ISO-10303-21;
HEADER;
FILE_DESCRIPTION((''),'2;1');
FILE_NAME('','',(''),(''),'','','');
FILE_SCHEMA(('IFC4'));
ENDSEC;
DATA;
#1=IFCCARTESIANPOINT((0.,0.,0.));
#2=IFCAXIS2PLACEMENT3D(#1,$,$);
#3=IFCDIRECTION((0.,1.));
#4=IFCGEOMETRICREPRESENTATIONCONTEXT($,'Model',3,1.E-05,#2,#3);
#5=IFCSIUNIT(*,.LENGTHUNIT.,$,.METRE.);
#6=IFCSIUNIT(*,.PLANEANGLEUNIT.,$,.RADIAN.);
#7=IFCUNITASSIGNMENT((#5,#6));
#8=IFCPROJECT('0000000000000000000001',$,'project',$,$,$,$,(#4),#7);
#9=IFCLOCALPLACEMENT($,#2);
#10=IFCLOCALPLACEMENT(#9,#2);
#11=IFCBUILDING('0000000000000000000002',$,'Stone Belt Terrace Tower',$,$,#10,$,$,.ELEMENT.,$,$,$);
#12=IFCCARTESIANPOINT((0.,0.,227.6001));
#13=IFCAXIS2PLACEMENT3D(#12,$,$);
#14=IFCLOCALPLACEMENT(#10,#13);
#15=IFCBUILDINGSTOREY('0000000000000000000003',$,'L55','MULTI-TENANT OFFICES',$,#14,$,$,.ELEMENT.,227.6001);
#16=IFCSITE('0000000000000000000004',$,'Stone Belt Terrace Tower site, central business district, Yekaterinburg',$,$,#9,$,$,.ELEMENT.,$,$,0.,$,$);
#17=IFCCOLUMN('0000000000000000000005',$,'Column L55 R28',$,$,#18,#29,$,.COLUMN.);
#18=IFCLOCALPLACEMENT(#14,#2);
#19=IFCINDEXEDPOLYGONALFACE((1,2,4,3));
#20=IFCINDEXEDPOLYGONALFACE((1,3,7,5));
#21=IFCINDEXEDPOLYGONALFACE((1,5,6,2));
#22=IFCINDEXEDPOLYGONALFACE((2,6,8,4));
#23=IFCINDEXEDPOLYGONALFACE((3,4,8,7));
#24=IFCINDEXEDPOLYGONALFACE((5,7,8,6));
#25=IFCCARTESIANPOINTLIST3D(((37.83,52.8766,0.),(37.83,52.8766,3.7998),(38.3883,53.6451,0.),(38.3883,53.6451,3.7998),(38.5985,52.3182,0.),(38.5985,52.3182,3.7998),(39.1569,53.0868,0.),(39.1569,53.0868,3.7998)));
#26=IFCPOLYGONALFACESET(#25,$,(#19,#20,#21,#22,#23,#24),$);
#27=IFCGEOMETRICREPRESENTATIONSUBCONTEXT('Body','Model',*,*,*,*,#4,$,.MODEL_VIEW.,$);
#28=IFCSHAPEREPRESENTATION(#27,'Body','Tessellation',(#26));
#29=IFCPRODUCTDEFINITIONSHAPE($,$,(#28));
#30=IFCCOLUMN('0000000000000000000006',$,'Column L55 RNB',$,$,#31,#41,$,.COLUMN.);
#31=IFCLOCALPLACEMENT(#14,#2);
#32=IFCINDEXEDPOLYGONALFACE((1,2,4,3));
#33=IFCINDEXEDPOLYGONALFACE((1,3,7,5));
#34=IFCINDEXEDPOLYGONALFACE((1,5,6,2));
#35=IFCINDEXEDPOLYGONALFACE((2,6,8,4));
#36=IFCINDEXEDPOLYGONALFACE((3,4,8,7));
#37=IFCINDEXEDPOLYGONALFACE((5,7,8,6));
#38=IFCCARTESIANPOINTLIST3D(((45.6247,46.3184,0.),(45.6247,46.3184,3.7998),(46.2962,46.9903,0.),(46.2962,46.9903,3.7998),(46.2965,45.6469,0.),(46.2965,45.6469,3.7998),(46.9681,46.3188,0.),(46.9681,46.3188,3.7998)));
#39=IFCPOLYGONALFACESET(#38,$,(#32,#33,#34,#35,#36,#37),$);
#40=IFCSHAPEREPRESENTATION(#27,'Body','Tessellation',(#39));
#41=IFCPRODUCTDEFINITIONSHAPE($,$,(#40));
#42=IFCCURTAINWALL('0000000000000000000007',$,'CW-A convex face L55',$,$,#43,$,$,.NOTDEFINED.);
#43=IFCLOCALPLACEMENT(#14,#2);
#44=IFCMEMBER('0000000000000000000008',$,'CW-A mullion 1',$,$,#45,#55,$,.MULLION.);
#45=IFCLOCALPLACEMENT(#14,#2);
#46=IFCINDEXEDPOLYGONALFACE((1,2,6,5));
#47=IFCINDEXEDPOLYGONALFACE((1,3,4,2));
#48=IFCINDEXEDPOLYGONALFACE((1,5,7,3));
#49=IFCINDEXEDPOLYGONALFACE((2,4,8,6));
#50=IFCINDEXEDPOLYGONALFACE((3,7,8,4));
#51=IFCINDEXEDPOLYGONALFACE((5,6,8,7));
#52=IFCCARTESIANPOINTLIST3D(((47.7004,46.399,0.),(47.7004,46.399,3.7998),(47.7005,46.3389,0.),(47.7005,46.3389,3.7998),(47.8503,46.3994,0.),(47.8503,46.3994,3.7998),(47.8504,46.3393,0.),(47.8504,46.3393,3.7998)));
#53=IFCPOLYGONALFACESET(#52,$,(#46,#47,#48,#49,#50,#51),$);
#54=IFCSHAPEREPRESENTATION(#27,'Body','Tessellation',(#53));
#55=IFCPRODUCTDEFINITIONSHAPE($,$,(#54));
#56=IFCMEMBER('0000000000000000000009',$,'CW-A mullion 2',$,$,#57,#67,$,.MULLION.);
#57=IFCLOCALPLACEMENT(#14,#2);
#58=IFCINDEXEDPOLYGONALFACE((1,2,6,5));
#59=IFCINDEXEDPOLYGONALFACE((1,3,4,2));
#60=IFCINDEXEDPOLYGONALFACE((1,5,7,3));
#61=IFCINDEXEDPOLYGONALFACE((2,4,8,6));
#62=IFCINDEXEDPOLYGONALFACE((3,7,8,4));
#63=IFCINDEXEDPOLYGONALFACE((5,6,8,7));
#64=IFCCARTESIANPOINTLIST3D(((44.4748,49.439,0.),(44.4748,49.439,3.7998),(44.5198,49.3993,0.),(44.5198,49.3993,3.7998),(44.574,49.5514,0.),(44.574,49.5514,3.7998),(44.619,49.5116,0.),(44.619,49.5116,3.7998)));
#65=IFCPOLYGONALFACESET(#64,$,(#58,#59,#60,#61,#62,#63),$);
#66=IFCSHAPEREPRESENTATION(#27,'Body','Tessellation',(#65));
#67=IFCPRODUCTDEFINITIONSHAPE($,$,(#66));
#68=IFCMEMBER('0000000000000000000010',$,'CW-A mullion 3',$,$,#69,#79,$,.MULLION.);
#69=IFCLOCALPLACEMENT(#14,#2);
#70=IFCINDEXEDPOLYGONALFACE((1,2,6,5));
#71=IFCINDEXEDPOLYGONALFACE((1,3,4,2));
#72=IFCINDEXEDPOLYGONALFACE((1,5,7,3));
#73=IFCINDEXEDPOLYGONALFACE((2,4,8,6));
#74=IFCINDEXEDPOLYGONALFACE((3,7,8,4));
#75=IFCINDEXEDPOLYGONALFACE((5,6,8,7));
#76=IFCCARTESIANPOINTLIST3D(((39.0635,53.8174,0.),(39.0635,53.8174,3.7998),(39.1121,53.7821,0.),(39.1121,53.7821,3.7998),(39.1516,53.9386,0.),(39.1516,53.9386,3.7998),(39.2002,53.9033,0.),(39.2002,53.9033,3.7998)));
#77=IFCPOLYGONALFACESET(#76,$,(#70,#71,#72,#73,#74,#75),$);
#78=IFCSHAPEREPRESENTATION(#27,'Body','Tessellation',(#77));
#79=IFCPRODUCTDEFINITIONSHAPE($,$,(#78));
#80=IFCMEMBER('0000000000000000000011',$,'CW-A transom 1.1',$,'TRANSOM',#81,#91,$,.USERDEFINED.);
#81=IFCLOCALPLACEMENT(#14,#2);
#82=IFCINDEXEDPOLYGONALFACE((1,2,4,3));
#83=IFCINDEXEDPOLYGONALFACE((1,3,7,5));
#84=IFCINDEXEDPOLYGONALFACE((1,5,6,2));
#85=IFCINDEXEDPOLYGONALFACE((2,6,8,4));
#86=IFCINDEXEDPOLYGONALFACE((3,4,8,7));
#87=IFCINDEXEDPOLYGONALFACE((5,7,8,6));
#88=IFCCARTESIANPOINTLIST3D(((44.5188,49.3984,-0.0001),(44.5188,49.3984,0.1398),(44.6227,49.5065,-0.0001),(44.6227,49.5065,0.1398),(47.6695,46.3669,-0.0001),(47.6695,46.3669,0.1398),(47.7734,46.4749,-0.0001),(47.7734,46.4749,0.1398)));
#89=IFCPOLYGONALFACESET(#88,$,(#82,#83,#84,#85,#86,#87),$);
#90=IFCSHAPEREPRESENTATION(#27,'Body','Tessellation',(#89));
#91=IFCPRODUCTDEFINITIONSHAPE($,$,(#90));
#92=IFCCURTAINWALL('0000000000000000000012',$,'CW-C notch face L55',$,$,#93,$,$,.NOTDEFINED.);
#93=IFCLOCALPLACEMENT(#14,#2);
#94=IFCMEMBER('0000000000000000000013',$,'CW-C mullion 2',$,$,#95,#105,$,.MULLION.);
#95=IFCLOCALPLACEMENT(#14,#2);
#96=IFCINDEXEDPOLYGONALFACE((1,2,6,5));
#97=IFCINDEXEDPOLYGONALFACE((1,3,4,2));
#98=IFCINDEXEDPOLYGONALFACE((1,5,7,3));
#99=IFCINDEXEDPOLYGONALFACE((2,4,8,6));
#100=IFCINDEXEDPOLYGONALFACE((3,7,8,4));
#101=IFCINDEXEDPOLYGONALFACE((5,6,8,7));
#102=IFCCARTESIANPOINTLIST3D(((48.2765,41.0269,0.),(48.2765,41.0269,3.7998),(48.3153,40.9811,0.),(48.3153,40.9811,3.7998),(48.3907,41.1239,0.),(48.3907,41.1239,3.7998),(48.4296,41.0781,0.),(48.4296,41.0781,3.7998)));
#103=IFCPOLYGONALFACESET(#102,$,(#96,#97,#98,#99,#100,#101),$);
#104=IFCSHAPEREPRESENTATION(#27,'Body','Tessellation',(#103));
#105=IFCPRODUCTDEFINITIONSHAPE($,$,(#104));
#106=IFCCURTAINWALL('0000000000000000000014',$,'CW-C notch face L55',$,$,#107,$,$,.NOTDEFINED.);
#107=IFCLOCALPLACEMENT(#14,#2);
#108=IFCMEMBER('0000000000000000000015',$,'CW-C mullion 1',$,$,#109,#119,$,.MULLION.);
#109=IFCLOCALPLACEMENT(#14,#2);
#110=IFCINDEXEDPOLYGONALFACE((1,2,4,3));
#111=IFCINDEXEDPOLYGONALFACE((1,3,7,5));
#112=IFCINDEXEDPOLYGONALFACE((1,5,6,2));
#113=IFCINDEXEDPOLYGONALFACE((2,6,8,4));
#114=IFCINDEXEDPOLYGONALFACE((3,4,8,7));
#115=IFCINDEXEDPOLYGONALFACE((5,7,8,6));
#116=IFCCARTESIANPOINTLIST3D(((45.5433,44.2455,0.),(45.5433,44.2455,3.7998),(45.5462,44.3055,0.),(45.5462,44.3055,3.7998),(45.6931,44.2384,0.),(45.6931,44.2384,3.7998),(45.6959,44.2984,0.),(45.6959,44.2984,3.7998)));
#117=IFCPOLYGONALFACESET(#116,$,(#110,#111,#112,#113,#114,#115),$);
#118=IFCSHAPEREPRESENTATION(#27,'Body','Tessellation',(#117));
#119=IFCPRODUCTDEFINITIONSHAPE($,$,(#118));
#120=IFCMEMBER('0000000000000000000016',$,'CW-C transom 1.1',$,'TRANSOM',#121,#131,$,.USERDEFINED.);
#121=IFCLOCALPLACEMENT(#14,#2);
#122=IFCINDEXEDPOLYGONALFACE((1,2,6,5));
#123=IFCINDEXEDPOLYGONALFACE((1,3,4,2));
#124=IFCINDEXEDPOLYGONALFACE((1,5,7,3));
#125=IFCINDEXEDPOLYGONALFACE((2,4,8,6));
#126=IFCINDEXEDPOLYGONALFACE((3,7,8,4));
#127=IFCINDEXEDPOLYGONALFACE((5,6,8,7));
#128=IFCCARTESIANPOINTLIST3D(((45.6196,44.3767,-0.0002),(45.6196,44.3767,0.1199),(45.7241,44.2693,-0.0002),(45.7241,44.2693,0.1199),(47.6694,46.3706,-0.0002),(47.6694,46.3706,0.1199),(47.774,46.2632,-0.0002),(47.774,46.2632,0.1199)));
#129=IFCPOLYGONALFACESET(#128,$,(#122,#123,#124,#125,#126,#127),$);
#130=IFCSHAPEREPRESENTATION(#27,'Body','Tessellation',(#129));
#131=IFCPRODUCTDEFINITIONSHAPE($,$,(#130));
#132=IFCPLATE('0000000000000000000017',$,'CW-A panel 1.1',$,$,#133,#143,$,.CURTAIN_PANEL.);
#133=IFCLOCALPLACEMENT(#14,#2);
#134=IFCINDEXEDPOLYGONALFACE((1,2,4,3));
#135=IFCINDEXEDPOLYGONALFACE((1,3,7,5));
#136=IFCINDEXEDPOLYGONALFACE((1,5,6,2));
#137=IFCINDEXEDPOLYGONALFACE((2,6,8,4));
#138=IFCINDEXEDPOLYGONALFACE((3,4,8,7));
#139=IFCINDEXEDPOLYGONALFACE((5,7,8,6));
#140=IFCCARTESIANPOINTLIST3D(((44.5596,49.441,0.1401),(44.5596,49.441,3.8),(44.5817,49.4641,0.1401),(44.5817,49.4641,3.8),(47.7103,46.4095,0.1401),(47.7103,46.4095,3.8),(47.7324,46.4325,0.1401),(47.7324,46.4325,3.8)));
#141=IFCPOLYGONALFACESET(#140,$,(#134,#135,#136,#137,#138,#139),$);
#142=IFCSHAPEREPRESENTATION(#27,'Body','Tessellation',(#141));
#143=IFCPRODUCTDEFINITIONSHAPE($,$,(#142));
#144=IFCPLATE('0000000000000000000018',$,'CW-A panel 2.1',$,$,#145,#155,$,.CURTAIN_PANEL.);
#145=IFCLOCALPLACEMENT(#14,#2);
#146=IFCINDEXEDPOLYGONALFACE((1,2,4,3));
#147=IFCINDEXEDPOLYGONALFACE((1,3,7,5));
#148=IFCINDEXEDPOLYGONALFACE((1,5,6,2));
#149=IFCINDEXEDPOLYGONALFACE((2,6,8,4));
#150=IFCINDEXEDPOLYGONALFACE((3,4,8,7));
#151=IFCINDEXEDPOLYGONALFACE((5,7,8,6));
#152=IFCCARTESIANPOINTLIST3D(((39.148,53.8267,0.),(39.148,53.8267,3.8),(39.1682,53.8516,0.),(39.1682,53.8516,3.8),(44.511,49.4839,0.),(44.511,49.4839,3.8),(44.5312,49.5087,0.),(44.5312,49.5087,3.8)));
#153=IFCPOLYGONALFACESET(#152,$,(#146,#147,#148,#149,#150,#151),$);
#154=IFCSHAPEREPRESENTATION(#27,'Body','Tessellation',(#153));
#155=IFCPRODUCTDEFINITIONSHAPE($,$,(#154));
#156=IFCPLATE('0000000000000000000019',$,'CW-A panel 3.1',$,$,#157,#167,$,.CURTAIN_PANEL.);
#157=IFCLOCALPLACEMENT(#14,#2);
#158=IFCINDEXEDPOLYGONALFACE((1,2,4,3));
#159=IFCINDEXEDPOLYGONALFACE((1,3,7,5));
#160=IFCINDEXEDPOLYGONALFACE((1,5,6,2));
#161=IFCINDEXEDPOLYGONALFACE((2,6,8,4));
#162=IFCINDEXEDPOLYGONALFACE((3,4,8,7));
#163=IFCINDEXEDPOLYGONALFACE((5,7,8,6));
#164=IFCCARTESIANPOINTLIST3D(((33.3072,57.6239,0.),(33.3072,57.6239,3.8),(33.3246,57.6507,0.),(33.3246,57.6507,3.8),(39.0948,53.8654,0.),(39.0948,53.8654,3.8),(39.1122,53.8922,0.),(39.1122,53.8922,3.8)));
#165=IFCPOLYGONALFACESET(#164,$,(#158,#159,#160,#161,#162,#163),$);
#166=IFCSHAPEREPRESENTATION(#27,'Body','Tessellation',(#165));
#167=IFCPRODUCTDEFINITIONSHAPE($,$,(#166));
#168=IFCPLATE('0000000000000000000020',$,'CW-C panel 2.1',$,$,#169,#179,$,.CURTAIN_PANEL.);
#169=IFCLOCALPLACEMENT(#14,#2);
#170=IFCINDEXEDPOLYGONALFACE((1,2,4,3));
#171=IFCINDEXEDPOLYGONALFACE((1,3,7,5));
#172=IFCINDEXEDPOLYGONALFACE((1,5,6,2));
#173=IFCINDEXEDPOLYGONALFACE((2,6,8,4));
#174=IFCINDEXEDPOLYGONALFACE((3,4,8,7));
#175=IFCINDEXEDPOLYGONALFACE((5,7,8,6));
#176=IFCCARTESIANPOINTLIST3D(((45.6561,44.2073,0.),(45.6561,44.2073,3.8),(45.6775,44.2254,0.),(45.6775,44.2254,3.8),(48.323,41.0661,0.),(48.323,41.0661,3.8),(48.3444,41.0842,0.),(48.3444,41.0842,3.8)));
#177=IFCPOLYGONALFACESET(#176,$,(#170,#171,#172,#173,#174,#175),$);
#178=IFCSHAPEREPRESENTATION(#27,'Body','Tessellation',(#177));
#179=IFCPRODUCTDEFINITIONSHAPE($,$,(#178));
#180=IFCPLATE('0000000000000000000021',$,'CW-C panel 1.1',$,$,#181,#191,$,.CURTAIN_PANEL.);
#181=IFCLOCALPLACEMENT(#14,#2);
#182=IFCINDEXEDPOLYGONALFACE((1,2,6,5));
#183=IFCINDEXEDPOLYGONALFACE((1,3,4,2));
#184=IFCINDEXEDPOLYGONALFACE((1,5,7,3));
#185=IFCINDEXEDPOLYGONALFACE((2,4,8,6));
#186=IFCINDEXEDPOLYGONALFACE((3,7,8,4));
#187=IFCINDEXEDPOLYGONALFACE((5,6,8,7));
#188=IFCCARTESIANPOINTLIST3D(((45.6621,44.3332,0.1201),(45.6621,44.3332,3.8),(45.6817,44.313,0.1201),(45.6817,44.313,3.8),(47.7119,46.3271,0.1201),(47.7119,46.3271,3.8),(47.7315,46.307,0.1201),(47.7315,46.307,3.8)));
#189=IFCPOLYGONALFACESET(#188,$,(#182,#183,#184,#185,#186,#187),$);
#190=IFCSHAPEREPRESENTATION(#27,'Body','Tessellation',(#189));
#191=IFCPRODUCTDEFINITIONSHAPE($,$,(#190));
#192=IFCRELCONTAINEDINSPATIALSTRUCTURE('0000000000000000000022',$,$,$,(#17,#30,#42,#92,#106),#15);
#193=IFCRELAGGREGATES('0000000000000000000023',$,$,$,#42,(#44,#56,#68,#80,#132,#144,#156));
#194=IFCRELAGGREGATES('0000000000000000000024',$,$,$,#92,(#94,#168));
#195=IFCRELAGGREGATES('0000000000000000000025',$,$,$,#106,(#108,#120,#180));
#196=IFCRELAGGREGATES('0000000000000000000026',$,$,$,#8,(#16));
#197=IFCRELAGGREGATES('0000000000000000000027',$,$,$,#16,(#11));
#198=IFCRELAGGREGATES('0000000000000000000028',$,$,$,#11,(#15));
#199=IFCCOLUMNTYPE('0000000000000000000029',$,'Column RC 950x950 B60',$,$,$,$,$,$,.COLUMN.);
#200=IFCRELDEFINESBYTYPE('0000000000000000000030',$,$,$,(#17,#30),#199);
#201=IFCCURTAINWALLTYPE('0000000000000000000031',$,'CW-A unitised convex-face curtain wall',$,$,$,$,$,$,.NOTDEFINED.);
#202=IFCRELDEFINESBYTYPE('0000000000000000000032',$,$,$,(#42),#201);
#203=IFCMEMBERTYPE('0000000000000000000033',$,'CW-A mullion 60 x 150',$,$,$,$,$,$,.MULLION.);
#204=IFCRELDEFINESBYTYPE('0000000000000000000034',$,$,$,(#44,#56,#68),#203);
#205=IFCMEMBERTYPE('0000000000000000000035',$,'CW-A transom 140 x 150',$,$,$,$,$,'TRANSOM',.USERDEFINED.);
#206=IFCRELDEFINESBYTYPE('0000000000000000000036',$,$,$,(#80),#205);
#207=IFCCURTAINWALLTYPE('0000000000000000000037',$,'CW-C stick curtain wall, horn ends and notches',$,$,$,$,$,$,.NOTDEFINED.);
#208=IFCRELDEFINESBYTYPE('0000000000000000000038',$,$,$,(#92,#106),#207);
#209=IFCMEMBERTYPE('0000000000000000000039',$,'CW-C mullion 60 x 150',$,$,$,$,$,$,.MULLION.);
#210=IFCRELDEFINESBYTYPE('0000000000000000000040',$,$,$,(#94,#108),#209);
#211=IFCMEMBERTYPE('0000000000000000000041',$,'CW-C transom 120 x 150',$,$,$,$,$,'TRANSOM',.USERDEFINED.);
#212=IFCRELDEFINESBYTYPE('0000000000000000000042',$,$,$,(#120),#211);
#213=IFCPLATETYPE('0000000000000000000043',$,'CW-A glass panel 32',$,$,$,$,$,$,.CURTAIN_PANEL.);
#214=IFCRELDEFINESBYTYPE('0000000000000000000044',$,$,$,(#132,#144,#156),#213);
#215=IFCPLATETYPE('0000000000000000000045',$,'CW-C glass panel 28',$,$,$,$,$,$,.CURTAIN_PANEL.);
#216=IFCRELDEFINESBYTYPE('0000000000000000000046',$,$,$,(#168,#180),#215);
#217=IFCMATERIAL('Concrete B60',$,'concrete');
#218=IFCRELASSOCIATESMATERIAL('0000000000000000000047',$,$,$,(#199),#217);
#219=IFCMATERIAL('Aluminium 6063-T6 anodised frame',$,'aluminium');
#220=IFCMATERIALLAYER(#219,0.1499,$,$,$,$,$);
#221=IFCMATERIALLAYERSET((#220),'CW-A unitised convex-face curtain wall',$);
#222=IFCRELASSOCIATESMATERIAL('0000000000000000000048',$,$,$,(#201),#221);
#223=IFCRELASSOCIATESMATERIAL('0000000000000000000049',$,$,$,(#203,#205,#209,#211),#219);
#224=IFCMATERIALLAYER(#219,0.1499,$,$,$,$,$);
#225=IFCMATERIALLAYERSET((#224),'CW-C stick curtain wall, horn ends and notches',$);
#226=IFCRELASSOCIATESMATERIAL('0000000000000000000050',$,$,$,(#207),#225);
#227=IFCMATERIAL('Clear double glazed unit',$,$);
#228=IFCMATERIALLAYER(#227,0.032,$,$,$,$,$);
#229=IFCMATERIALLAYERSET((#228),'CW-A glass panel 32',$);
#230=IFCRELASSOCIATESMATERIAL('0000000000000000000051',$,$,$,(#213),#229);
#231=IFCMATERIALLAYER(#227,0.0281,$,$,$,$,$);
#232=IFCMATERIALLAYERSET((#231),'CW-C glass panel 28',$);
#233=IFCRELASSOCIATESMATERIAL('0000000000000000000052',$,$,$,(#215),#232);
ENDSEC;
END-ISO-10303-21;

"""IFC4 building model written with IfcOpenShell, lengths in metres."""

from ifc_helpers import new_model, si_unit, direction, frame, origin, origin_2d, place, context, subcontext, project, spatial, rectangle, extrude, material, layer, layer_set, material_profile, profile_set, type_object, element, aggregate, save


model = new_model("IFC4")

# Units and contexts
model_context = context("Model", 3, precision=1e-05, world=origin(), true_north=direction((0.0, 1.0)))
body_context = subcontext(model_context, "Body", "Model", "MODEL_VIEW")
ifc_project = project(units=[si_unit("LENGTHUNIT", "METRE"), si_unit("PLANEANGLEUNIT", "RADIAN")], contexts=[model_context])

# Site, building, storey
site_placement = place(None, origin())
site = spatial("IfcSite", under=ifc_project, at=site_placement, Name="Stone Belt Terrace Tower site, central business district, Yekaterinburg", CompositionType="ELEMENT", RefElevation=0.0)
building_placement = place(site_placement, origin())
building = spatial("IfcBuilding", under=site, at=building_placement, Name="Stone Belt Terrace Tower", CompositionType="ELEMENT")
storey_placement = place(building_placement, frame((0.0, 0.0, 227.6001)))
storey = spatial("IfcBuildingStorey", under=building, at=storey_placement, Name="L55", Description="MULTI-TENANT OFFICES", CompositionType="ELEMENT", Elevation=227.6001)

# Columns
ifc_material_1 = material(Name="Concrete B60", Category="concrete")
ifc_material_profile_1 = material_profile(ifc_material_1, rectangle(XDim=0.95, YDim=0.95, at=origin_2d()), Name="RC 950x950")
ifc_profile_set_1 = profile_set([ifc_material_profile_1], Name="Concrete B60")
column_type = type_object("IfcColumnType", Name="Column RC 950x950 B60", PredefinedType="COLUMN", material=ifc_profile_set_1)
for number, where, z_axis, x_axis, name in (
    (1, (38.4934, 52.9817, 0.0), (0.0, 0.0, 1.0), (0.809017, -0.587785, 0.0), "Column L55 R28"),
    (2, (46.2964, 46.3186, 0.0), (0.0, 0.0, 1.0), (0.707276, -0.706938, 0.0), "Column L55 RNB"),
):
    element("IfcColumn", number, at=place(storey_placement, frame(where, z_axis=z_axis, x_axis=x_axis)), inside=storey, type_object=column_type, Name=name, PredefinedType="COLUMN", context=body_context, shape_type="SweptSolid", body=[
        extrude(rectangle(XDim=0.95, YDim=0.95, at=origin_2d()), origin(), (0.0, 0.0, 1.0), 3.7998),
    ])

# Curtain wall, members
ifc_material_2 = material(Name="Aluminium 6063-T6 anodised frame", Category="aluminium")
ifc_layer_1 = layer(ifc_material_2, 0.1499)
ifc_layer_set_1 = layer_set([ifc_layer_1], Name="CW-A unitised convex-face curtain wall")
curtain_wall_type_1 = type_object("IfcCurtainWallType", Name="CW-A unitised convex-face curtain wall", PredefinedType="NOTDEFINED", material=ifc_layer_set_1)
curtain_wall_1_placement = place(storey_placement, origin())
curtain_wall_1 = element("IfcCurtainWall", 3, at=curtain_wall_1_placement, inside=storey, type_object=curtain_wall_type_1, Name="CW-A convex face L55", PredefinedType="NOTDEFINED")
ifc_material_profile_2 = material_profile(ifc_material_2, rectangle(XDim=0.1499, YDim=0.0601, at=origin_2d()), Name="Aluminium 6063-T6 60x150")
ifc_profile_set_2 = profile_set([ifc_material_profile_2], Name="Aluminium 6063-T6 anodised frame")
member_type_1 = type_object("IfcMemberType", Name="CW-A mullion 60 x 150", PredefinedType="MULLION", material=ifc_profile_set_2)
member_1_placement = place(storey_placement, frame((47.7754, 46.3691, 0.0), z_axis=(0.0, 0.0, 1.0), x_axis=(-0.999996, -0.002733, 0.0)))
member_1 = element("IfcMember", 4, at=member_1_placement, type_object=member_type_1, Name="CW-A mullion 1", PredefinedType="MULLION", context=body_context, shape_type="SweptSolid", body=[
    extrude(rectangle(XDim=0.1499, YDim=0.0601, at=origin_2d()), origin(), (0.0, 0.0, 1.0), 3.7998),
])
member_2_placement = place(storey_placement, frame((44.5469, 49.4753, 0.0), z_axis=(0.0, 0.0, 1.0), x_axis=(-0.661937, -0.749559, 0.0)))
member_2 = element("IfcMember", 5, at=member_2_placement, type_object=member_type_1, Name="CW-A mullion 2", PredefinedType="MULLION", context=body_context, shape_type="SweptSolid", body=[
    extrude(rectangle(XDim=0.1499, YDim=0.0601, at=origin_2d()), origin(), (0.0, 0.0, 1.0), 3.7998),
])
member_3_placement = place(storey_placement, frame((39.1318, 53.8604, 0.0), z_axis=(0.0, 0.0, 1.0), x_axis=(-0.587785, -0.809017, 0.0)))
member_3 = element("IfcMember", 6, at=member_3_placement, type_object=member_type_1, Name="CW-A mullion 3", PredefinedType="MULLION", context=body_context, shape_type="SweptSolid", body=[
    extrude(rectangle(XDim=0.1499, YDim=0.0601, at=origin_2d()), origin(), (0.0, 0.0, 1.0), 3.7998),
])
ifc_material_profile_3 = material_profile(ifc_material_2, rectangle(XDim=0.1499, YDim=0.1399, at=origin_2d()), Name="Aluminium 6063-T6 150x140")
ifc_profile_set_3 = profile_set([ifc_material_profile_3], Name="Aluminium 6063-T6 anodised frame")
member_type_2 = type_object("IfcMemberType", Name="CW-A transom 140 x 150", ElementType="TRANSOM", PredefinedType="USERDEFINED", material=ifc_profile_set_3)
member_4_placement = place(storey_placement, frame((47.7214, 46.4209, 0.0698), z_axis=(-0.7206, 0.693351, 0.0), x_axis=(-0.693351, -0.7206, 0.0)))
member_4 = element("IfcMember", 7, at=member_4_placement, type_object=member_type_2, Name="CW-A transom 1.1", ObjectType="TRANSOM", PredefinedType="USERDEFINED", context=body_context, shape_type="SweptSolid", body=[
    extrude(rectangle(XDim=0.1499, YDim=0.1399, at=origin_2d()), origin(), (0.0, 0.0, 1.0), 4.3723),
])

# Curtain wall, member
ifc_layer_2 = layer(ifc_material_2, 0.1499)
ifc_layer_set_2 = layer_set([ifc_layer_2], Name="CW-C stick curtain wall, horn ends and notches")
curtain_wall_type_2 = type_object("IfcCurtainWallType", Name="CW-C stick curtain wall, horn ends and notches", PredefinedType="NOTDEFINED", material=ifc_layer_set_2)
curtain_wall_2_placement = place(storey_placement, origin())
curtain_wall_2 = element("IfcCurtainWall", 8, at=curtain_wall_2_placement, inside=storey, type_object=curtain_wall_type_2, Name="CW-C notch face L55", PredefinedType="NOTDEFINED")
ifc_material_profile_4 = material_profile(ifc_material_2, rectangle(XDim=0.1499, YDim=0.0601, at=origin_2d()), Name="Aluminium 6063-T6 60x150")
ifc_profile_set_4 = profile_set([ifc_material_profile_4], Name="Aluminium 6063-T6 anodised frame")
member_type_3 = type_object("IfcMemberType", Name="CW-C mullion 60 x 150", PredefinedType="MULLION", material=ifc_profile_set_4)
member_5_placement = place(storey_placement, frame((48.353, 41.0525, 0.0), z_axis=(0.0, 0.0, 1.0), x_axis=(-0.762311, -0.647211, 0.0)))
member_5 = element("IfcMember", 9, at=member_5_placement, type_object=member_type_3, Name="CW-C mullion 2", PredefinedType="MULLION", context=body_context, shape_type="SweptSolid", body=[
    extrude(rectangle(XDim=0.1499, YDim=0.0601, at=origin_2d()), origin(), (0.0, 0.0, 1.0), 3.7998),
])

# Curtain wall, members
curtain_wall_3_placement = place(storey_placement, origin())
curtain_wall_3 = element("IfcCurtainWall", 10, at=curtain_wall_3_placement, inside=storey, type_object=curtain_wall_type_2, Name="CW-C notch face L55", PredefinedType="NOTDEFINED")
member_6_placement = place(storey_placement, frame((45.6196, 44.272, 0.0), z_axis=(0.0, 0.0, 1.0), x_axis=(-0.998865, 0.047626, 0.0)))
member_6 = element("IfcMember", 11, at=member_6_placement, type_object=member_type_3, Name="CW-C mullion 1", PredefinedType="MULLION", context=body_context, shape_type="SweptSolid", body=[
    extrude(rectangle(XDim=0.1499, YDim=0.0601, at=origin_2d()), origin(), (0.0, 0.0, 1.0), 3.7998),
])
ifc_material_profile_5 = material_profile(ifc_material_2, rectangle(XDim=0.1499, YDim=0.1201, at=origin_2d()), Name="Aluminium 6063-T6 150x120")
ifc_profile_set_5 = profile_set([ifc_material_profile_5], Name="Aluminium 6063-T6 anodised frame")
member_type_4 = type_object("IfcMemberType", Name="CW-C transom 120 x 150", ElementType="TRANSOM", PredefinedType="USERDEFINED", material=ifc_profile_set_5)
member_7_placement = place(storey_placement, frame((45.6719, 44.323, 0.0598), z_axis=(0.716815, 0.697264, 0.0), x_axis=(-0.697264, 0.716815, 0.0)))
member_7 = element("IfcMember", 12, at=member_7_placement, type_object=member_type_4, Name="CW-C transom 1.1", ObjectType="TRANSOM", PredefinedType="USERDEFINED", context=body_context, shape_type="SweptSolid", body=[
    extrude(rectangle(XDim=0.1499, YDim=0.1201, at=origin_2d()), origin(), (0.0, 0.0, 1.0), 2.8596),
])

# Plates
ifc_material_3 = material(Name="Clear double glazed unit")
ifc_layer_3 = layer(ifc_material_3, 0.032)
ifc_layer_set_3 = layer_set([ifc_layer_3], Name="CW-A glass panel 32")
plate_type_1 = type_object("IfcPlateType", Name="CW-A glass panel 32", PredefinedType="CURTAIN_PANEL", material=ifc_layer_set_3)
plate_1_placement = place(storey_placement, frame((46.146, 47.9368, 0.1401), z_axis=(0.0, 0.0, 1.0), x_axis=(-0.720604, 0.693346, 0.0)))
plate_1 = element("IfcPlate", 13, at=plate_1_placement, type_object=plate_type_1, Name="CW-A panel 1.1", PredefinedType="CURTAIN_PANEL", context=body_context, shape_type="SweptSolid", body=[
    extrude(rectangle(XDim=4.3723, YDim=0.032, at=origin_2d()), origin(), (0.0, 0.0, 1.0), 3.6599),
])
plate_2_placement = place(storey_placement, frame((41.8396, 51.6677, 0.0), z_axis=(0.0, 0.0, 1.0), x_axis=(-0.777146, 0.62932, 0.0)))
plate_2 = element("IfcPlate", 14, at=plate_2_placement, type_object=plate_type_1, Name="CW-A panel 2.1", PredefinedType="CURTAIN_PANEL", context=body_context, shape_type="SweptSolid", body=[
    extrude(rectangle(XDim=6.9009, YDim=0.032, at=origin_2d()), origin(), (0.0, 0.0, 1.0), 3.8),
])
plate_3_placement = place(storey_placement, frame((36.2097, 55.7581, 0.0), z_axis=(0.0, 0.0, 1.0), x_axis=(-0.838671, 0.544639, 0.0)))
plate_3 = element("IfcPlate", 15, at=plate_3_placement, type_object=plate_type_1, Name="CW-A panel 3.1", PredefinedType="CURTAIN_PANEL", context=body_context, shape_type="SweptSolid", body=[
    extrude(rectangle(XDim=6.9009, YDim=0.032, at=origin_2d()), origin(), (0.0, 0.0, 1.0), 3.8),
])
aggregate(curtain_wall_1, [member_1, member_2, member_3, member_4, plate_1, plate_2, plate_3])
ifc_layer_4 = layer(ifc_material_3, 0.0281)
ifc_layer_set_4 = layer_set([ifc_layer_4], Name="CW-C glass panel 28")
plate_type_2 = type_object("IfcPlateType", Name="CW-C glass panel 28", PredefinedType="CURTAIN_PANEL", material=ifc_layer_set_4)
plate_4_placement = place(storey_placement, frame((47.0002, 42.6458, 0.0), z_axis=(0.0, 0.0, 1.0), x_axis=(-0.647211, 0.762311, 0.0)))
plate_4 = element("IfcPlate", 16, at=plate_4_placement, type_object=plate_type_2, Name="CW-C panel 2.1", PredefinedType="CURTAIN_PANEL", context=body_context, shape_type="SweptSolid", body=[
    extrude(rectangle(XDim=4.1206, YDim=0.0281, at=origin_2d()), origin(), (0.0, 0.0, 1.0), 3.8),
])
aggregate(curtain_wall_2, [member_5, plate_4])
plate_5_placement = place(storey_placement, frame((46.6968, 45.3201, 0.1201), z_axis=(0.0, 0.0, 1.0), x_axis=(0.716803, 0.697275, 0.0)))
plate_5 = element("IfcPlate", 17, at=plate_5_placement, type_object=plate_type_2, Name="CW-C panel 1.1", PredefinedType="CURTAIN_PANEL", context=body_context, shape_type="SweptSolid", body=[
    extrude(rectangle(XDim=2.8596, YDim=0.0281, at=origin_2d()), origin(), (0.0, 0.0, 1.0), 3.6799),
])
aggregate(curtain_wall_3, [member_6, member_7, plate_5])

save(model, "model.ifc")
